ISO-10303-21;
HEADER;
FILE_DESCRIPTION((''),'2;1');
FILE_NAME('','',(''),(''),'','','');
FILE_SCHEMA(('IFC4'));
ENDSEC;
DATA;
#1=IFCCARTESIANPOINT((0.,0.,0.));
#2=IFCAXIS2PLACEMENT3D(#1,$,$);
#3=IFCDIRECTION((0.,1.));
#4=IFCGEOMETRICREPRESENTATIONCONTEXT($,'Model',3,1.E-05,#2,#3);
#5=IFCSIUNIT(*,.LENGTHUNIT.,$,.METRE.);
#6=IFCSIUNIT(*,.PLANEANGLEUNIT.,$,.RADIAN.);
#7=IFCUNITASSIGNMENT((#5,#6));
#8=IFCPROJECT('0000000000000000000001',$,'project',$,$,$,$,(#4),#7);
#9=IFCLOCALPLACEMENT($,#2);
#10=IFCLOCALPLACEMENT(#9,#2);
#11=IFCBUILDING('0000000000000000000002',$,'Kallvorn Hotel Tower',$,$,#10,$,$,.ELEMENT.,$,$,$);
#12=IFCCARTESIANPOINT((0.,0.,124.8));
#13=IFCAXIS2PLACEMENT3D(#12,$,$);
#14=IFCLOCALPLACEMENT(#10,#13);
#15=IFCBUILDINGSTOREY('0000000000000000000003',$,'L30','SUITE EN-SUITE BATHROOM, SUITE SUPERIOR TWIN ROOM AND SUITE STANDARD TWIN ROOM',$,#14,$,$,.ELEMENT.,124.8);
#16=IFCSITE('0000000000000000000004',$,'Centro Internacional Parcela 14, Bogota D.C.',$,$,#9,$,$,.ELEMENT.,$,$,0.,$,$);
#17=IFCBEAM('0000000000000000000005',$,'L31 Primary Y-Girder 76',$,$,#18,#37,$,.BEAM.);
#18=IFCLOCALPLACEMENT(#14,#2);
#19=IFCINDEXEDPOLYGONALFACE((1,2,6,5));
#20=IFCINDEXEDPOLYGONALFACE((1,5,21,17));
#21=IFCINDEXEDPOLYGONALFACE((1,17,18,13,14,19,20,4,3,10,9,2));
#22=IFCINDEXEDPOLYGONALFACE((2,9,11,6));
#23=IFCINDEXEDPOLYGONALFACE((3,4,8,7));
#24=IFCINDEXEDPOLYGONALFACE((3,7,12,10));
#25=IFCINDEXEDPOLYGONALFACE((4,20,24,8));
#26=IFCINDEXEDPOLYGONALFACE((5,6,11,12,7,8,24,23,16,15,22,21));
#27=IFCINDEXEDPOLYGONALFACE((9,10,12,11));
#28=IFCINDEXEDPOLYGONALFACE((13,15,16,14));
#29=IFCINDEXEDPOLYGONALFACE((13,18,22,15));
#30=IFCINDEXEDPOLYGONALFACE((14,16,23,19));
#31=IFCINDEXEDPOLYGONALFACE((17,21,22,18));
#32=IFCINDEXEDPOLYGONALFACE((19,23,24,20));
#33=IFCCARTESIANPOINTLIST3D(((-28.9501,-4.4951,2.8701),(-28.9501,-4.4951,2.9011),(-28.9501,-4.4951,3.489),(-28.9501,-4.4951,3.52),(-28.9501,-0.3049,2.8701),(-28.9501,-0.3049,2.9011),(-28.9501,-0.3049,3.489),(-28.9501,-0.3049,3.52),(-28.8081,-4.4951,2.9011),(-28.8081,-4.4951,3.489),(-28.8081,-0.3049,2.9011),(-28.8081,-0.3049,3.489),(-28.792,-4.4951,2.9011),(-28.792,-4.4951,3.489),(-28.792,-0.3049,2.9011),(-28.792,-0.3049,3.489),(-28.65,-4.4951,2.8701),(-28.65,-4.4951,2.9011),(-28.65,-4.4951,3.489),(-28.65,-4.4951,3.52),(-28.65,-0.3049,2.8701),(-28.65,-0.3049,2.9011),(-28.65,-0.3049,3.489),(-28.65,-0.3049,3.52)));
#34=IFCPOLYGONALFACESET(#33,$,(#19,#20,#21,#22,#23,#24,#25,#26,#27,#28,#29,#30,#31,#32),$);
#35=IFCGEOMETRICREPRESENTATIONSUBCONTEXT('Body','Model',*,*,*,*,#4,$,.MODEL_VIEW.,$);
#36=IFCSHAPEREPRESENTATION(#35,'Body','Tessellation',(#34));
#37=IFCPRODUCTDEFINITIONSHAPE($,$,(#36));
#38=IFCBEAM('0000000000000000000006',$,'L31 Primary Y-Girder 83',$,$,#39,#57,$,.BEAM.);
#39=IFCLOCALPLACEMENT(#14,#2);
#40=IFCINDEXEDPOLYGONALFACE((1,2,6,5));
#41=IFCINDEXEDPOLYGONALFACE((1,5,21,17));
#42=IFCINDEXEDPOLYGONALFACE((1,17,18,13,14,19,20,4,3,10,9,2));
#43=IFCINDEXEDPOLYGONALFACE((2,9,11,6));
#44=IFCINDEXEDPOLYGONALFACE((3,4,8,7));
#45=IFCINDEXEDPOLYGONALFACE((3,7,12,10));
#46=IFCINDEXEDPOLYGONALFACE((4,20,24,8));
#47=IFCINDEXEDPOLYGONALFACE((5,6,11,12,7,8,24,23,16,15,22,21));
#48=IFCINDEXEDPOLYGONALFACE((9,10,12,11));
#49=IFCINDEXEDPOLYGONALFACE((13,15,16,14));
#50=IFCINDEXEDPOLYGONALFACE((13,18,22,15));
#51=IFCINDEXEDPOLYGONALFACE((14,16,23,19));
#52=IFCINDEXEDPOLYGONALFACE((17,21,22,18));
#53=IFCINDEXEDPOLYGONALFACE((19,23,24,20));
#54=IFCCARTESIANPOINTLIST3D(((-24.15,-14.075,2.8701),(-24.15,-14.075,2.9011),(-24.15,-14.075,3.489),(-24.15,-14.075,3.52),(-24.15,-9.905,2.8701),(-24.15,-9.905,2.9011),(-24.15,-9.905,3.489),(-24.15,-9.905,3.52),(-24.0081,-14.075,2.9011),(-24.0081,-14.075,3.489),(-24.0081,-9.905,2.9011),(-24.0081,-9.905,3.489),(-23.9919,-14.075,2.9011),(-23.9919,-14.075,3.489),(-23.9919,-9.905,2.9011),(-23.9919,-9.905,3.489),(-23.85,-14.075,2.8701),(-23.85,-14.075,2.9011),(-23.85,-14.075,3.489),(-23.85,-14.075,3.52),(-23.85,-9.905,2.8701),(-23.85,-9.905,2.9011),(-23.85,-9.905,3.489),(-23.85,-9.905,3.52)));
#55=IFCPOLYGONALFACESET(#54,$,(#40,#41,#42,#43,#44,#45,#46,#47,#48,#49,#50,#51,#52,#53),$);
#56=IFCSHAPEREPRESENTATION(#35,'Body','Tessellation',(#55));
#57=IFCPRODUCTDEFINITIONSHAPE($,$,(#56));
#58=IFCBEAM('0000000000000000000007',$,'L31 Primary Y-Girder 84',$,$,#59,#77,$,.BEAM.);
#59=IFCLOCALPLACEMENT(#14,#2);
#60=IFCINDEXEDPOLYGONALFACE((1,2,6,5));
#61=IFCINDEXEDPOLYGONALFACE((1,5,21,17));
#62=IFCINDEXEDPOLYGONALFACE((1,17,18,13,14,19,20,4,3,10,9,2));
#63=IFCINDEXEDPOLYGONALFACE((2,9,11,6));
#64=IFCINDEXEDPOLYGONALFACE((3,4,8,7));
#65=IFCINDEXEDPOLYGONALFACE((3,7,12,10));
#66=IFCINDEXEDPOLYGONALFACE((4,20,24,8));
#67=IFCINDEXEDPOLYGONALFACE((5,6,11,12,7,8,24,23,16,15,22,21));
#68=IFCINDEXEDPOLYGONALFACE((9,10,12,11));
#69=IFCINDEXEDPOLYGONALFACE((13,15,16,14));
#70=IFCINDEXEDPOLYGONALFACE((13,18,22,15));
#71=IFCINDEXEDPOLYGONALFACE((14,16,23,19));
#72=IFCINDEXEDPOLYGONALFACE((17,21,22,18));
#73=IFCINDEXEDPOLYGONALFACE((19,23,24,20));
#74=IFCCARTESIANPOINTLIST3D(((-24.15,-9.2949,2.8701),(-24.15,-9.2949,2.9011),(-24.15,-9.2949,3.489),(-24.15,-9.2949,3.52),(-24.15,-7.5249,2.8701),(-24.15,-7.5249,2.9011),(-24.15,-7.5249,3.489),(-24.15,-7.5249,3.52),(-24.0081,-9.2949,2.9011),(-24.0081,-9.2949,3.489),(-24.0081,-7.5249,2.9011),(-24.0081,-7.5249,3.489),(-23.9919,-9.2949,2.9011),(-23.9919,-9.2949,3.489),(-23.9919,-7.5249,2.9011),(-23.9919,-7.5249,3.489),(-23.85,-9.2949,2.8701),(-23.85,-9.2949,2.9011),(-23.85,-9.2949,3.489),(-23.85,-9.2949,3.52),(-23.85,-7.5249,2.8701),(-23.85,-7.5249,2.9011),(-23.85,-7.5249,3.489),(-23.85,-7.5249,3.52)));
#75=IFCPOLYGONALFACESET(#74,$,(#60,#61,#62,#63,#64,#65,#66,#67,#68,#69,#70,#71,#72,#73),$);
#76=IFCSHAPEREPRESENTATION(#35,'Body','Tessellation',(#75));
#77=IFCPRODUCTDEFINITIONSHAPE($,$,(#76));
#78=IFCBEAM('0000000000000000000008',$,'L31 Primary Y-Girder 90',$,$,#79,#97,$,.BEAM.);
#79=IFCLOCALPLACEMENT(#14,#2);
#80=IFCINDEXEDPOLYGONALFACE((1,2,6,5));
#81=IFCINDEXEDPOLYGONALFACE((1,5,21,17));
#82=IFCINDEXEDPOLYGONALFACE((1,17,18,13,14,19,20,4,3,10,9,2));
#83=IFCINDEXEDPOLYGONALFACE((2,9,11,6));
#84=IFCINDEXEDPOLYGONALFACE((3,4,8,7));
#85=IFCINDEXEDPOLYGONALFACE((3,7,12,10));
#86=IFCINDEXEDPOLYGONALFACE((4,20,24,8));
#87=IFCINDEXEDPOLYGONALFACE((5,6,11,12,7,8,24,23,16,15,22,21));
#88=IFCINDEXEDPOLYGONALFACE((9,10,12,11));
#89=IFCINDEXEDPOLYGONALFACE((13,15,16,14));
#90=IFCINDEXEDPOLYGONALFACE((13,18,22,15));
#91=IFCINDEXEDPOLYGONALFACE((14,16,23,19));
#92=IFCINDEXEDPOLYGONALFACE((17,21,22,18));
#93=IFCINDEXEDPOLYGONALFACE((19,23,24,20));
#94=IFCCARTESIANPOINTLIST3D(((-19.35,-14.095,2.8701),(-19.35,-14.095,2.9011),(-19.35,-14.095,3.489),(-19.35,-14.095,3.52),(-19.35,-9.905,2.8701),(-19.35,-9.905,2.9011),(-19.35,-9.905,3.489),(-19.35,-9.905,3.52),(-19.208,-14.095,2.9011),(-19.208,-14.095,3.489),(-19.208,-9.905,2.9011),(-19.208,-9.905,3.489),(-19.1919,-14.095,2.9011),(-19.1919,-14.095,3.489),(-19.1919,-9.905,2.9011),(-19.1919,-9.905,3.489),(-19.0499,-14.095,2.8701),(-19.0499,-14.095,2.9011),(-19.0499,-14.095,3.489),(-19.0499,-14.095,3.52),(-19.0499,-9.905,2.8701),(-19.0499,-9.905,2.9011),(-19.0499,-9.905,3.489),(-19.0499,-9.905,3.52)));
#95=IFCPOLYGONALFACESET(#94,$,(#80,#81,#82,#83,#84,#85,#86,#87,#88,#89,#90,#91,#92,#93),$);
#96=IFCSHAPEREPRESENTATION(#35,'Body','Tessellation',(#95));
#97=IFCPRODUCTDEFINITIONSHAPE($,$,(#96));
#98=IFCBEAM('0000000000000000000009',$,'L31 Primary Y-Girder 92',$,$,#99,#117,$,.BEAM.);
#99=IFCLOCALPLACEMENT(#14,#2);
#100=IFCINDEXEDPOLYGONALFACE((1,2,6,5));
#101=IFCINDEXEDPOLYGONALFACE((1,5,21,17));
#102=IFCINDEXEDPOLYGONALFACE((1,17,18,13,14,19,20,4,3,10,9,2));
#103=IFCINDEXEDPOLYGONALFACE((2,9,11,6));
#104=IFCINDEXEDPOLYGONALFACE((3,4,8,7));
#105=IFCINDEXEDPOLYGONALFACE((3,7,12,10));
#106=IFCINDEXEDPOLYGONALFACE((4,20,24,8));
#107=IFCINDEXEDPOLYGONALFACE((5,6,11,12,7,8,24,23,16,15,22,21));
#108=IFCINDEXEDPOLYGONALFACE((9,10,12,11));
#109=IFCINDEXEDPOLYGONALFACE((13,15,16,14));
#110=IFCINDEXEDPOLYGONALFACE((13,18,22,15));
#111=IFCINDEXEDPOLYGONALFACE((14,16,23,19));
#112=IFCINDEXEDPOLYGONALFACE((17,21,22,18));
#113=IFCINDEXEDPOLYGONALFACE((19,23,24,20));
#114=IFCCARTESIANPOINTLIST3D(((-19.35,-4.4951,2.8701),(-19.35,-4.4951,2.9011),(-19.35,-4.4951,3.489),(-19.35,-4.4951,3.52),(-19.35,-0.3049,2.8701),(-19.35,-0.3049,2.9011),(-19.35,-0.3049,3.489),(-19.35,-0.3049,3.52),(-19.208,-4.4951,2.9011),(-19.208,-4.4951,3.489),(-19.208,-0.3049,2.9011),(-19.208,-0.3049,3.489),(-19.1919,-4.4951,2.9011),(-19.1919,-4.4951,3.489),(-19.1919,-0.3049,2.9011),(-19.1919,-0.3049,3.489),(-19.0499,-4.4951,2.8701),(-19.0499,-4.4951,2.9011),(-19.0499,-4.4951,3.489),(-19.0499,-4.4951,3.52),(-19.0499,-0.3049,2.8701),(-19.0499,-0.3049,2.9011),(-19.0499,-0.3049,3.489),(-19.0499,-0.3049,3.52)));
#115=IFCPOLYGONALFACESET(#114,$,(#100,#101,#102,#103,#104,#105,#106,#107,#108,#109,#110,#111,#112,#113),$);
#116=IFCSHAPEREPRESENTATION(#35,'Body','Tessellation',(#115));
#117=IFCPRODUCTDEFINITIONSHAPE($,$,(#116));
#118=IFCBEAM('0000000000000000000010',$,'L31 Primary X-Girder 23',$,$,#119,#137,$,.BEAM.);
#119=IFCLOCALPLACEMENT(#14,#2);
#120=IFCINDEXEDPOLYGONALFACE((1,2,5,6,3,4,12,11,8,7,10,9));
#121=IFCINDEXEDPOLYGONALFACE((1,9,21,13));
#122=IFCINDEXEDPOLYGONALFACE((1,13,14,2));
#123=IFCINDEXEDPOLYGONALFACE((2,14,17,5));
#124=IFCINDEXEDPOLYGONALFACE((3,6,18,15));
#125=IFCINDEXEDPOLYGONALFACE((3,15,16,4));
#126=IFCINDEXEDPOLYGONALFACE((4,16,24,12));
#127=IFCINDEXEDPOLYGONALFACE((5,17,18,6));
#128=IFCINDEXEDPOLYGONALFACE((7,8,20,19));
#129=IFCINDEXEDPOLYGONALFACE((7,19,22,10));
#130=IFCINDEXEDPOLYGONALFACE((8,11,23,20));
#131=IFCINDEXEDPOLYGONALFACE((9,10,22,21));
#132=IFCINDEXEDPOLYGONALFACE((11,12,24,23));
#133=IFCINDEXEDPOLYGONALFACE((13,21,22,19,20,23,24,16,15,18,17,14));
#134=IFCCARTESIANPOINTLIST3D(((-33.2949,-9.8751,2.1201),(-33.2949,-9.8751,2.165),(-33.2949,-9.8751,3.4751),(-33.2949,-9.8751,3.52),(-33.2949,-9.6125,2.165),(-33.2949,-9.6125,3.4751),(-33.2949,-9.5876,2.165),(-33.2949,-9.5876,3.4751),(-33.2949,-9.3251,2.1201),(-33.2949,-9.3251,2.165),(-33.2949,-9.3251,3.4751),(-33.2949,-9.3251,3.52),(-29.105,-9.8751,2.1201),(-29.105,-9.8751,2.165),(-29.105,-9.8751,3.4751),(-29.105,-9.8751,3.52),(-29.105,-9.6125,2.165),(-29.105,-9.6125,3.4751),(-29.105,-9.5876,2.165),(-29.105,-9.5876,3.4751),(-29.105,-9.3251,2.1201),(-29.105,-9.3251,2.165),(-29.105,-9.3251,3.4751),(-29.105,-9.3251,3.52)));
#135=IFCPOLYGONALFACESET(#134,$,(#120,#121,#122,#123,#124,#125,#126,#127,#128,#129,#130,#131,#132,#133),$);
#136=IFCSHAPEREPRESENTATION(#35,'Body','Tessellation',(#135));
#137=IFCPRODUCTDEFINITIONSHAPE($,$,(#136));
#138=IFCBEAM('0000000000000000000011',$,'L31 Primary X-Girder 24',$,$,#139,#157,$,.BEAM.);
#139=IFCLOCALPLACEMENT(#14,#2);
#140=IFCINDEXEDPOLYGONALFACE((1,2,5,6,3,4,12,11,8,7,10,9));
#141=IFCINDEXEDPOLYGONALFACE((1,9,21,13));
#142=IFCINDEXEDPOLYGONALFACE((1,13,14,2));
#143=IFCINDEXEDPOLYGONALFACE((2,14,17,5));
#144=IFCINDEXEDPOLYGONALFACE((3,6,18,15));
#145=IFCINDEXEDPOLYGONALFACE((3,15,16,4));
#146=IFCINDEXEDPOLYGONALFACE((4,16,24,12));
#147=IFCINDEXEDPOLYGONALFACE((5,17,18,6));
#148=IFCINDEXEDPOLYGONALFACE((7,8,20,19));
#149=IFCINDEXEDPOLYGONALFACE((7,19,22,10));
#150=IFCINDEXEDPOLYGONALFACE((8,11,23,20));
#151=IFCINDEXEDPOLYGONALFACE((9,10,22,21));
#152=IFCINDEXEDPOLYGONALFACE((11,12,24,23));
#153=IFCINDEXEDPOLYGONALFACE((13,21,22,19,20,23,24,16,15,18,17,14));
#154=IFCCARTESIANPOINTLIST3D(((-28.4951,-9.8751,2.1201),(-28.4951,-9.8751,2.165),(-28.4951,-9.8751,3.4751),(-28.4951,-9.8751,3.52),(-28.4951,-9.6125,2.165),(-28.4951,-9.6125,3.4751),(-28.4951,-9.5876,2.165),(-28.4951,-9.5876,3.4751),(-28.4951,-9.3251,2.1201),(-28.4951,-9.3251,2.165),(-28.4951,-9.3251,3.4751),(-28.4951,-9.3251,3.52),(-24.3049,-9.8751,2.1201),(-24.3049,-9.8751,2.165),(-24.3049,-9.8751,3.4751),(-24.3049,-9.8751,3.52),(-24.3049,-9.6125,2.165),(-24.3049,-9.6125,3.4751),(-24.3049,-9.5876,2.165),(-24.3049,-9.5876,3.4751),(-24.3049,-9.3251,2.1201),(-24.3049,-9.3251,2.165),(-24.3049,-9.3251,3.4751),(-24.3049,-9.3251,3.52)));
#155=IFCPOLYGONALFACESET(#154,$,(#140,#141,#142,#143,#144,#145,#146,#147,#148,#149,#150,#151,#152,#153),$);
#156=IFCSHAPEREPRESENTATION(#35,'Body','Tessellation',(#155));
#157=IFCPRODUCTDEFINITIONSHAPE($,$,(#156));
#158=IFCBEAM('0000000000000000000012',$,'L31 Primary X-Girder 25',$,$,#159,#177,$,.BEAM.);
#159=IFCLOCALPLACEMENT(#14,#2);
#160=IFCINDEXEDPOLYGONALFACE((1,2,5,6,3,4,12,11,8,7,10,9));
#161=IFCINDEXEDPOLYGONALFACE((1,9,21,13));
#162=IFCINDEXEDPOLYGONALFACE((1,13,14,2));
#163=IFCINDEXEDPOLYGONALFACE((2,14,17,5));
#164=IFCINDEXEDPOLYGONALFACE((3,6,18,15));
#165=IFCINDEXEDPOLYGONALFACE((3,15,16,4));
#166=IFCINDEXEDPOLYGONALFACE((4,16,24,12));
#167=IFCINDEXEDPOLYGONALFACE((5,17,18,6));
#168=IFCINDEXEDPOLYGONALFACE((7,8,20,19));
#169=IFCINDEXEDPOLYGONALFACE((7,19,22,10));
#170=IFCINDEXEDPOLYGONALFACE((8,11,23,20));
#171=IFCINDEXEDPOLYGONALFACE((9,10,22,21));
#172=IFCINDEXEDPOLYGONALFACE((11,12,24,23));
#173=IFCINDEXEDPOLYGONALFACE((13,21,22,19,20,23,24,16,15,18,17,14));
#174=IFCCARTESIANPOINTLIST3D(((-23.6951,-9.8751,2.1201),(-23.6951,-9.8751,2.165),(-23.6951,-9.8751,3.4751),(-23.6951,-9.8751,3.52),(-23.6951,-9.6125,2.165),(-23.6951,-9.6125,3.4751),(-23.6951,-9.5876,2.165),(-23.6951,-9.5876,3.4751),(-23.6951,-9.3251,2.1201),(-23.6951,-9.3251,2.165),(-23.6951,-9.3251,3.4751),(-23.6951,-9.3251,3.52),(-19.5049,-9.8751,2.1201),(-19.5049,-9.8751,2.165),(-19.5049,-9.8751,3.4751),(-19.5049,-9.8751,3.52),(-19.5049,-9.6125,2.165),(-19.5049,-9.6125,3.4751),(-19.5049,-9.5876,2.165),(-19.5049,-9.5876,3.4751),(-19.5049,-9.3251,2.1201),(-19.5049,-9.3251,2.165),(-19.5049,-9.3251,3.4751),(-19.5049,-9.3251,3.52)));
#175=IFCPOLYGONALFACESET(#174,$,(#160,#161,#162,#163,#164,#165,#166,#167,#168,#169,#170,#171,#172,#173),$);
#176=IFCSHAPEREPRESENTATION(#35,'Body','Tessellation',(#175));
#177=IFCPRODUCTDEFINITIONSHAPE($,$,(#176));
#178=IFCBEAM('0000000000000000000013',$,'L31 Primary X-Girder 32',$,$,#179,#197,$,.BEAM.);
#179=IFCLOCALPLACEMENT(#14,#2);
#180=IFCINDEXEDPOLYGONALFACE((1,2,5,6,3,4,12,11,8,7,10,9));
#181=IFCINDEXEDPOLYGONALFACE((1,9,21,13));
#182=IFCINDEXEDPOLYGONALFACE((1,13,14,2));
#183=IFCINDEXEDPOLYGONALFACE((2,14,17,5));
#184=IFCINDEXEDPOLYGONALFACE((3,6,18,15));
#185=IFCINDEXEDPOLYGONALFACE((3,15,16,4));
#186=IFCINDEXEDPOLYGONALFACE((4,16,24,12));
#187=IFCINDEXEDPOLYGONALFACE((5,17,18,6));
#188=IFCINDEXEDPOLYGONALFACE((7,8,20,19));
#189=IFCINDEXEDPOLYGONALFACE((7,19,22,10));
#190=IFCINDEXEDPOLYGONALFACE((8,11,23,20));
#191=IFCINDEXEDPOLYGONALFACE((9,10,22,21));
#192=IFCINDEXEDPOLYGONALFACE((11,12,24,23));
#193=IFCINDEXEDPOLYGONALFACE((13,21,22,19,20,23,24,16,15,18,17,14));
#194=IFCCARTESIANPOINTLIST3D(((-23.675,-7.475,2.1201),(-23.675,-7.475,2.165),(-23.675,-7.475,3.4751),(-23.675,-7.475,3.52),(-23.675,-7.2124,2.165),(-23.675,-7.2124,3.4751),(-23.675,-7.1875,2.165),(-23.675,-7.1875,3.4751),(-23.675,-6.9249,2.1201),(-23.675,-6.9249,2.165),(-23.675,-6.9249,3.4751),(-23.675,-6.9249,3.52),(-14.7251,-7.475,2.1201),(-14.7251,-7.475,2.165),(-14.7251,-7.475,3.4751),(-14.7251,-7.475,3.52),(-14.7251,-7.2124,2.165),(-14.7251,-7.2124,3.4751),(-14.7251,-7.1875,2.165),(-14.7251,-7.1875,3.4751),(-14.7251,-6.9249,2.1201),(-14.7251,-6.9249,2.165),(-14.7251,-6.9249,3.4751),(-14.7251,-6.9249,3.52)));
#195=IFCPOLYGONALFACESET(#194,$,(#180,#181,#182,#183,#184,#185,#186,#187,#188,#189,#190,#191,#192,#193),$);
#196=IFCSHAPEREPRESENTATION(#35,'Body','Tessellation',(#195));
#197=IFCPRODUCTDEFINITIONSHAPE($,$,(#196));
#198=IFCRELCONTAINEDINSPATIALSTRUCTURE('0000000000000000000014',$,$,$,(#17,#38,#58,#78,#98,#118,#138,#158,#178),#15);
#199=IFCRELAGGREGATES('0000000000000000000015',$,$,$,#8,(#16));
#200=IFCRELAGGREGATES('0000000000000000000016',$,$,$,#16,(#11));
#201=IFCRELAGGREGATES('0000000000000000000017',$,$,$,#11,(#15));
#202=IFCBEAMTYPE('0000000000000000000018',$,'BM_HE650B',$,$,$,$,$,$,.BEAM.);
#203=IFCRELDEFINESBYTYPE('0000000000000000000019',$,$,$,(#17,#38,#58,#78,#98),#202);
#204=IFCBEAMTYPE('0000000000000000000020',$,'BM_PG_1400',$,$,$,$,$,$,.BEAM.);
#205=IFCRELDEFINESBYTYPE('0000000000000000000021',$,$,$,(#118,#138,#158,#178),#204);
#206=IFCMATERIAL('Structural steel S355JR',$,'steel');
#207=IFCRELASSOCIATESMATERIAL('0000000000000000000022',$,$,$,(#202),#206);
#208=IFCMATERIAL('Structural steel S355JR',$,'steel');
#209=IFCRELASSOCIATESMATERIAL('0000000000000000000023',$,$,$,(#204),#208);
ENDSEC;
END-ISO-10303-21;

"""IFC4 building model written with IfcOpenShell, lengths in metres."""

from ifc_helpers import new_model, si_unit, direction, frame, origin, origin_2d, place, context, subcontext, project, spatial, i_section, extrude, material, material_profile, profile_set, type_object, element, save


model = new_model("IFC4")

# Units and contexts
model_context = context("Model", 3, precision=1e-05, world=origin(), true_north=direction((0.0, 1.0)))
body_context = subcontext(model_context, "Body", "Model", "MODEL_VIEW")
ifc_project = project(units=[si_unit("LENGTHUNIT", "METRE"), si_unit("PLANEANGLEUNIT", "RADIAN")], contexts=[model_context])

# Site, building, storey
site_placement = place(None, origin())
site = spatial("IfcSite", under=ifc_project, at=site_placement, Name="Centro Internacional Parcela 14, Bogota D.C.", CompositionType="ELEMENT", RefElevation=0.0)
building_placement = place(site_placement, origin())
building = spatial("IfcBuilding", under=site, at=building_placement, Name="Kallvorn Hotel Tower", CompositionType="ELEMENT")
storey_placement = place(building_placement, frame((0.0, 0.0, 124.8)))
storey = spatial("IfcBuildingStorey", under=building, at=storey_placement, Name="L30", Description="SUITE EN-SUITE BATHROOM, SUITE SUPERIOR TWIN ROOM AND SUITE STANDARD TWIN ROOM", CompositionType="ELEMENT", Elevation=124.8)

# Beams
ifc_material_1 = material(Name="Structural steel S355JR", Category="steel")
ifc_material_profile_1 = material_profile(ifc_material_1, i_section(OverallWidth=0.3, OverallDepth=0.6499, WebThickness=0.0161, FlangeThickness=0.031, at=origin_2d()), Name="HE 650 B")
ifc_profile_set_1 = profile_set([ifc_material_profile_1], Name="Structural steel S355JR")
beam_type_1 = type_object("IfcBeamType", Name="BM_HE650B", PredefinedType="BEAM", material=ifc_profile_set_1)
beam_1_placement = place(storey_placement, frame((-28.8, -4.4951, 3.1951), z_axis=(0.0, 1.0, 0.0), x_axis=(-1.0, 0.0, 0.0)))
element("IfcBeam", 1, at=beam_1_placement, inside=storey, type_object=beam_type_1, Name="L31 Primary Y-Girder 76", PredefinedType="BEAM", context=body_context, shape_type="SweptSolid", body=[
    extrude(i_section(OverallWidth=0.3, OverallDepth=0.6499, WebThickness=0.0161, FlangeThickness=0.031, at=origin_2d()), origin(), (0.0, 0.0, 1.0), 4.1902),
])
beam_2_placement = place(storey_placement, frame((-24.0, -14.075, 3.1951), z_axis=(0.0, 1.0, 0.0), x_axis=(-1.0, 0.0, 0.0)))
element("IfcBeam", 2, at=beam_2_placement, inside=storey, type_object=beam_type_1, Name="L31 Primary Y-Girder 83", PredefinedType="BEAM", context=body_context, shape_type="SweptSolid", body=[
    extrude(i_section(OverallWidth=0.3, OverallDepth=0.6499, WebThickness=0.0161, FlangeThickness=0.031, at=origin_2d()), origin(), (0.0, 0.0, 1.0), 4.1699),
])
beam_3_placement = place(storey_placement, frame((-24.0, -9.2949, 3.1951), z_axis=(0.0, 1.0, 0.0), x_axis=(-1.0, 0.0, 0.0)))
element("IfcBeam", 3, at=beam_3_placement, inside=storey, type_object=beam_type_1, Name="L31 Primary Y-Girder 84", PredefinedType="BEAM", context=body_context, shape_type="SweptSolid", body=[
    extrude(i_section(OverallWidth=0.3, OverallDepth=0.6499, WebThickness=0.0161, FlangeThickness=0.031, at=origin_2d()), origin(), (0.0, 0.0, 1.0), 1.77),
])
beam_4_placement = place(storey_placement, frame((-19.2, -14.095, 3.1951), z_axis=(0.0, 1.0, 0.0), x_axis=(-1.0, 0.0, 0.0)))
element("IfcBeam", 4, at=beam_4_placement, inside=storey, type_object=beam_type_1, Name="L31 Primary Y-Girder 90", PredefinedType="BEAM", context=body_context, shape_type="SweptSolid", body=[
    extrude(i_section(OverallWidth=0.3, OverallDepth=0.6499, WebThickness=0.0161, FlangeThickness=0.031, at=origin_2d()), origin(), (0.0, 0.0, 1.0), 4.1899),
])
beam_5_placement = place(storey_placement, frame((-19.2, -4.4951, 3.1951), z_axis=(0.0, 1.0, 0.0), x_axis=(-1.0, 0.0, 0.0)))
element("IfcBeam", 5, at=beam_5_placement, inside=storey, type_object=beam_type_1, Name="L31 Primary Y-Girder 92", PredefinedType="BEAM", context=body_context, shape_type="SweptSolid", body=[
    extrude(i_section(OverallWidth=0.3, OverallDepth=0.6499, WebThickness=0.0161, FlangeThickness=0.031, at=origin_2d()), origin(), (0.0, 0.0, 1.0), 4.1902),
])
ifc_material_2 = material(Name="Structural steel S355JR", Category="steel")
ifc_material_profile_2 = material_profile(ifc_material_2, i_section(OverallWidth=0.55, OverallDepth=1.3999, WebThickness=0.0249, FlangeThickness=0.0449, at=origin_2d()), Name="PG 1400x550x25x45")
ifc_profile_set_2 = profile_set([ifc_material_profile_2], Name="Structural steel S355JR")
beam_type_2 = type_object("IfcBeamType", Name="BM_PG_1400", PredefinedType="BEAM", material=ifc_profile_set_2)
beam_6_placement = place(storey_placement, frame((-33.2949, -9.6001, 2.8201), z_axis=(1.0, 0.0, 0.0), x_axis=(0.0, 1.0, 0.0)))
element("IfcBeam", 6, at=beam_6_placement, inside=storey, type_object=beam_type_2, Name="L31 Primary X-Girder 23", PredefinedType="BEAM", context=body_context, shape_type="SweptSolid", body=[
    extrude(i_section(OverallWidth=0.55, OverallDepth=1.3999, WebThickness=0.0249, FlangeThickness=0.0449, at=origin_2d()), origin(), (0.0, 0.0, 1.0), 4.1899),
])
for number, where, z_axis, x_axis, name in (
    (7, (-28.4951, -9.6001, 2.8201), (1.0, 0.0, 0.0), (0.0, 1.0, 0.0), "L31 Primary X-Girder 24"),
    (8, (-23.6951, -9.6001, 2.8201), (1.0, 0.0, 0.0), (0.0, 1.0, 0.0), "L31 Primary X-Girder 25"),
):
    element("IfcBeam", number, at=place(storey_placement, frame(where, z_axis=z_axis, x_axis=x_axis)), inside=storey, type_object=beam_type_2, Name=name, PredefinedType="BEAM", context=body_context, shape_type="SweptSolid", body=[
        extrude(i_section(OverallWidth=0.55, OverallDepth=1.3999, WebThickness=0.0249, FlangeThickness=0.0449, at=origin_2d()), origin(), (0.0, 0.0, 1.0), 4.1902),
    ])
beam_7_placement = place(storey_placement, frame((-23.675, -7.2, 2.8201), z_axis=(1.0, 0.0, 0.0), x_axis=(0.0, 1.0, 0.0)))
element("IfcBeam", 9, at=beam_7_placement, inside=storey, type_object=beam_type_2, Name="L31 Primary X-Girder 32", PredefinedType="BEAM", context=body_context, shape_type="SweptSolid", body=[
    extrude(i_section(OverallWidth=0.55, OverallDepth=1.3999, WebThickness=0.0249, FlangeThickness=0.0449, at=origin_2d()), origin(), (0.0, 0.0, 1.0), 8.95),
])

save(model, "model.ifc")
